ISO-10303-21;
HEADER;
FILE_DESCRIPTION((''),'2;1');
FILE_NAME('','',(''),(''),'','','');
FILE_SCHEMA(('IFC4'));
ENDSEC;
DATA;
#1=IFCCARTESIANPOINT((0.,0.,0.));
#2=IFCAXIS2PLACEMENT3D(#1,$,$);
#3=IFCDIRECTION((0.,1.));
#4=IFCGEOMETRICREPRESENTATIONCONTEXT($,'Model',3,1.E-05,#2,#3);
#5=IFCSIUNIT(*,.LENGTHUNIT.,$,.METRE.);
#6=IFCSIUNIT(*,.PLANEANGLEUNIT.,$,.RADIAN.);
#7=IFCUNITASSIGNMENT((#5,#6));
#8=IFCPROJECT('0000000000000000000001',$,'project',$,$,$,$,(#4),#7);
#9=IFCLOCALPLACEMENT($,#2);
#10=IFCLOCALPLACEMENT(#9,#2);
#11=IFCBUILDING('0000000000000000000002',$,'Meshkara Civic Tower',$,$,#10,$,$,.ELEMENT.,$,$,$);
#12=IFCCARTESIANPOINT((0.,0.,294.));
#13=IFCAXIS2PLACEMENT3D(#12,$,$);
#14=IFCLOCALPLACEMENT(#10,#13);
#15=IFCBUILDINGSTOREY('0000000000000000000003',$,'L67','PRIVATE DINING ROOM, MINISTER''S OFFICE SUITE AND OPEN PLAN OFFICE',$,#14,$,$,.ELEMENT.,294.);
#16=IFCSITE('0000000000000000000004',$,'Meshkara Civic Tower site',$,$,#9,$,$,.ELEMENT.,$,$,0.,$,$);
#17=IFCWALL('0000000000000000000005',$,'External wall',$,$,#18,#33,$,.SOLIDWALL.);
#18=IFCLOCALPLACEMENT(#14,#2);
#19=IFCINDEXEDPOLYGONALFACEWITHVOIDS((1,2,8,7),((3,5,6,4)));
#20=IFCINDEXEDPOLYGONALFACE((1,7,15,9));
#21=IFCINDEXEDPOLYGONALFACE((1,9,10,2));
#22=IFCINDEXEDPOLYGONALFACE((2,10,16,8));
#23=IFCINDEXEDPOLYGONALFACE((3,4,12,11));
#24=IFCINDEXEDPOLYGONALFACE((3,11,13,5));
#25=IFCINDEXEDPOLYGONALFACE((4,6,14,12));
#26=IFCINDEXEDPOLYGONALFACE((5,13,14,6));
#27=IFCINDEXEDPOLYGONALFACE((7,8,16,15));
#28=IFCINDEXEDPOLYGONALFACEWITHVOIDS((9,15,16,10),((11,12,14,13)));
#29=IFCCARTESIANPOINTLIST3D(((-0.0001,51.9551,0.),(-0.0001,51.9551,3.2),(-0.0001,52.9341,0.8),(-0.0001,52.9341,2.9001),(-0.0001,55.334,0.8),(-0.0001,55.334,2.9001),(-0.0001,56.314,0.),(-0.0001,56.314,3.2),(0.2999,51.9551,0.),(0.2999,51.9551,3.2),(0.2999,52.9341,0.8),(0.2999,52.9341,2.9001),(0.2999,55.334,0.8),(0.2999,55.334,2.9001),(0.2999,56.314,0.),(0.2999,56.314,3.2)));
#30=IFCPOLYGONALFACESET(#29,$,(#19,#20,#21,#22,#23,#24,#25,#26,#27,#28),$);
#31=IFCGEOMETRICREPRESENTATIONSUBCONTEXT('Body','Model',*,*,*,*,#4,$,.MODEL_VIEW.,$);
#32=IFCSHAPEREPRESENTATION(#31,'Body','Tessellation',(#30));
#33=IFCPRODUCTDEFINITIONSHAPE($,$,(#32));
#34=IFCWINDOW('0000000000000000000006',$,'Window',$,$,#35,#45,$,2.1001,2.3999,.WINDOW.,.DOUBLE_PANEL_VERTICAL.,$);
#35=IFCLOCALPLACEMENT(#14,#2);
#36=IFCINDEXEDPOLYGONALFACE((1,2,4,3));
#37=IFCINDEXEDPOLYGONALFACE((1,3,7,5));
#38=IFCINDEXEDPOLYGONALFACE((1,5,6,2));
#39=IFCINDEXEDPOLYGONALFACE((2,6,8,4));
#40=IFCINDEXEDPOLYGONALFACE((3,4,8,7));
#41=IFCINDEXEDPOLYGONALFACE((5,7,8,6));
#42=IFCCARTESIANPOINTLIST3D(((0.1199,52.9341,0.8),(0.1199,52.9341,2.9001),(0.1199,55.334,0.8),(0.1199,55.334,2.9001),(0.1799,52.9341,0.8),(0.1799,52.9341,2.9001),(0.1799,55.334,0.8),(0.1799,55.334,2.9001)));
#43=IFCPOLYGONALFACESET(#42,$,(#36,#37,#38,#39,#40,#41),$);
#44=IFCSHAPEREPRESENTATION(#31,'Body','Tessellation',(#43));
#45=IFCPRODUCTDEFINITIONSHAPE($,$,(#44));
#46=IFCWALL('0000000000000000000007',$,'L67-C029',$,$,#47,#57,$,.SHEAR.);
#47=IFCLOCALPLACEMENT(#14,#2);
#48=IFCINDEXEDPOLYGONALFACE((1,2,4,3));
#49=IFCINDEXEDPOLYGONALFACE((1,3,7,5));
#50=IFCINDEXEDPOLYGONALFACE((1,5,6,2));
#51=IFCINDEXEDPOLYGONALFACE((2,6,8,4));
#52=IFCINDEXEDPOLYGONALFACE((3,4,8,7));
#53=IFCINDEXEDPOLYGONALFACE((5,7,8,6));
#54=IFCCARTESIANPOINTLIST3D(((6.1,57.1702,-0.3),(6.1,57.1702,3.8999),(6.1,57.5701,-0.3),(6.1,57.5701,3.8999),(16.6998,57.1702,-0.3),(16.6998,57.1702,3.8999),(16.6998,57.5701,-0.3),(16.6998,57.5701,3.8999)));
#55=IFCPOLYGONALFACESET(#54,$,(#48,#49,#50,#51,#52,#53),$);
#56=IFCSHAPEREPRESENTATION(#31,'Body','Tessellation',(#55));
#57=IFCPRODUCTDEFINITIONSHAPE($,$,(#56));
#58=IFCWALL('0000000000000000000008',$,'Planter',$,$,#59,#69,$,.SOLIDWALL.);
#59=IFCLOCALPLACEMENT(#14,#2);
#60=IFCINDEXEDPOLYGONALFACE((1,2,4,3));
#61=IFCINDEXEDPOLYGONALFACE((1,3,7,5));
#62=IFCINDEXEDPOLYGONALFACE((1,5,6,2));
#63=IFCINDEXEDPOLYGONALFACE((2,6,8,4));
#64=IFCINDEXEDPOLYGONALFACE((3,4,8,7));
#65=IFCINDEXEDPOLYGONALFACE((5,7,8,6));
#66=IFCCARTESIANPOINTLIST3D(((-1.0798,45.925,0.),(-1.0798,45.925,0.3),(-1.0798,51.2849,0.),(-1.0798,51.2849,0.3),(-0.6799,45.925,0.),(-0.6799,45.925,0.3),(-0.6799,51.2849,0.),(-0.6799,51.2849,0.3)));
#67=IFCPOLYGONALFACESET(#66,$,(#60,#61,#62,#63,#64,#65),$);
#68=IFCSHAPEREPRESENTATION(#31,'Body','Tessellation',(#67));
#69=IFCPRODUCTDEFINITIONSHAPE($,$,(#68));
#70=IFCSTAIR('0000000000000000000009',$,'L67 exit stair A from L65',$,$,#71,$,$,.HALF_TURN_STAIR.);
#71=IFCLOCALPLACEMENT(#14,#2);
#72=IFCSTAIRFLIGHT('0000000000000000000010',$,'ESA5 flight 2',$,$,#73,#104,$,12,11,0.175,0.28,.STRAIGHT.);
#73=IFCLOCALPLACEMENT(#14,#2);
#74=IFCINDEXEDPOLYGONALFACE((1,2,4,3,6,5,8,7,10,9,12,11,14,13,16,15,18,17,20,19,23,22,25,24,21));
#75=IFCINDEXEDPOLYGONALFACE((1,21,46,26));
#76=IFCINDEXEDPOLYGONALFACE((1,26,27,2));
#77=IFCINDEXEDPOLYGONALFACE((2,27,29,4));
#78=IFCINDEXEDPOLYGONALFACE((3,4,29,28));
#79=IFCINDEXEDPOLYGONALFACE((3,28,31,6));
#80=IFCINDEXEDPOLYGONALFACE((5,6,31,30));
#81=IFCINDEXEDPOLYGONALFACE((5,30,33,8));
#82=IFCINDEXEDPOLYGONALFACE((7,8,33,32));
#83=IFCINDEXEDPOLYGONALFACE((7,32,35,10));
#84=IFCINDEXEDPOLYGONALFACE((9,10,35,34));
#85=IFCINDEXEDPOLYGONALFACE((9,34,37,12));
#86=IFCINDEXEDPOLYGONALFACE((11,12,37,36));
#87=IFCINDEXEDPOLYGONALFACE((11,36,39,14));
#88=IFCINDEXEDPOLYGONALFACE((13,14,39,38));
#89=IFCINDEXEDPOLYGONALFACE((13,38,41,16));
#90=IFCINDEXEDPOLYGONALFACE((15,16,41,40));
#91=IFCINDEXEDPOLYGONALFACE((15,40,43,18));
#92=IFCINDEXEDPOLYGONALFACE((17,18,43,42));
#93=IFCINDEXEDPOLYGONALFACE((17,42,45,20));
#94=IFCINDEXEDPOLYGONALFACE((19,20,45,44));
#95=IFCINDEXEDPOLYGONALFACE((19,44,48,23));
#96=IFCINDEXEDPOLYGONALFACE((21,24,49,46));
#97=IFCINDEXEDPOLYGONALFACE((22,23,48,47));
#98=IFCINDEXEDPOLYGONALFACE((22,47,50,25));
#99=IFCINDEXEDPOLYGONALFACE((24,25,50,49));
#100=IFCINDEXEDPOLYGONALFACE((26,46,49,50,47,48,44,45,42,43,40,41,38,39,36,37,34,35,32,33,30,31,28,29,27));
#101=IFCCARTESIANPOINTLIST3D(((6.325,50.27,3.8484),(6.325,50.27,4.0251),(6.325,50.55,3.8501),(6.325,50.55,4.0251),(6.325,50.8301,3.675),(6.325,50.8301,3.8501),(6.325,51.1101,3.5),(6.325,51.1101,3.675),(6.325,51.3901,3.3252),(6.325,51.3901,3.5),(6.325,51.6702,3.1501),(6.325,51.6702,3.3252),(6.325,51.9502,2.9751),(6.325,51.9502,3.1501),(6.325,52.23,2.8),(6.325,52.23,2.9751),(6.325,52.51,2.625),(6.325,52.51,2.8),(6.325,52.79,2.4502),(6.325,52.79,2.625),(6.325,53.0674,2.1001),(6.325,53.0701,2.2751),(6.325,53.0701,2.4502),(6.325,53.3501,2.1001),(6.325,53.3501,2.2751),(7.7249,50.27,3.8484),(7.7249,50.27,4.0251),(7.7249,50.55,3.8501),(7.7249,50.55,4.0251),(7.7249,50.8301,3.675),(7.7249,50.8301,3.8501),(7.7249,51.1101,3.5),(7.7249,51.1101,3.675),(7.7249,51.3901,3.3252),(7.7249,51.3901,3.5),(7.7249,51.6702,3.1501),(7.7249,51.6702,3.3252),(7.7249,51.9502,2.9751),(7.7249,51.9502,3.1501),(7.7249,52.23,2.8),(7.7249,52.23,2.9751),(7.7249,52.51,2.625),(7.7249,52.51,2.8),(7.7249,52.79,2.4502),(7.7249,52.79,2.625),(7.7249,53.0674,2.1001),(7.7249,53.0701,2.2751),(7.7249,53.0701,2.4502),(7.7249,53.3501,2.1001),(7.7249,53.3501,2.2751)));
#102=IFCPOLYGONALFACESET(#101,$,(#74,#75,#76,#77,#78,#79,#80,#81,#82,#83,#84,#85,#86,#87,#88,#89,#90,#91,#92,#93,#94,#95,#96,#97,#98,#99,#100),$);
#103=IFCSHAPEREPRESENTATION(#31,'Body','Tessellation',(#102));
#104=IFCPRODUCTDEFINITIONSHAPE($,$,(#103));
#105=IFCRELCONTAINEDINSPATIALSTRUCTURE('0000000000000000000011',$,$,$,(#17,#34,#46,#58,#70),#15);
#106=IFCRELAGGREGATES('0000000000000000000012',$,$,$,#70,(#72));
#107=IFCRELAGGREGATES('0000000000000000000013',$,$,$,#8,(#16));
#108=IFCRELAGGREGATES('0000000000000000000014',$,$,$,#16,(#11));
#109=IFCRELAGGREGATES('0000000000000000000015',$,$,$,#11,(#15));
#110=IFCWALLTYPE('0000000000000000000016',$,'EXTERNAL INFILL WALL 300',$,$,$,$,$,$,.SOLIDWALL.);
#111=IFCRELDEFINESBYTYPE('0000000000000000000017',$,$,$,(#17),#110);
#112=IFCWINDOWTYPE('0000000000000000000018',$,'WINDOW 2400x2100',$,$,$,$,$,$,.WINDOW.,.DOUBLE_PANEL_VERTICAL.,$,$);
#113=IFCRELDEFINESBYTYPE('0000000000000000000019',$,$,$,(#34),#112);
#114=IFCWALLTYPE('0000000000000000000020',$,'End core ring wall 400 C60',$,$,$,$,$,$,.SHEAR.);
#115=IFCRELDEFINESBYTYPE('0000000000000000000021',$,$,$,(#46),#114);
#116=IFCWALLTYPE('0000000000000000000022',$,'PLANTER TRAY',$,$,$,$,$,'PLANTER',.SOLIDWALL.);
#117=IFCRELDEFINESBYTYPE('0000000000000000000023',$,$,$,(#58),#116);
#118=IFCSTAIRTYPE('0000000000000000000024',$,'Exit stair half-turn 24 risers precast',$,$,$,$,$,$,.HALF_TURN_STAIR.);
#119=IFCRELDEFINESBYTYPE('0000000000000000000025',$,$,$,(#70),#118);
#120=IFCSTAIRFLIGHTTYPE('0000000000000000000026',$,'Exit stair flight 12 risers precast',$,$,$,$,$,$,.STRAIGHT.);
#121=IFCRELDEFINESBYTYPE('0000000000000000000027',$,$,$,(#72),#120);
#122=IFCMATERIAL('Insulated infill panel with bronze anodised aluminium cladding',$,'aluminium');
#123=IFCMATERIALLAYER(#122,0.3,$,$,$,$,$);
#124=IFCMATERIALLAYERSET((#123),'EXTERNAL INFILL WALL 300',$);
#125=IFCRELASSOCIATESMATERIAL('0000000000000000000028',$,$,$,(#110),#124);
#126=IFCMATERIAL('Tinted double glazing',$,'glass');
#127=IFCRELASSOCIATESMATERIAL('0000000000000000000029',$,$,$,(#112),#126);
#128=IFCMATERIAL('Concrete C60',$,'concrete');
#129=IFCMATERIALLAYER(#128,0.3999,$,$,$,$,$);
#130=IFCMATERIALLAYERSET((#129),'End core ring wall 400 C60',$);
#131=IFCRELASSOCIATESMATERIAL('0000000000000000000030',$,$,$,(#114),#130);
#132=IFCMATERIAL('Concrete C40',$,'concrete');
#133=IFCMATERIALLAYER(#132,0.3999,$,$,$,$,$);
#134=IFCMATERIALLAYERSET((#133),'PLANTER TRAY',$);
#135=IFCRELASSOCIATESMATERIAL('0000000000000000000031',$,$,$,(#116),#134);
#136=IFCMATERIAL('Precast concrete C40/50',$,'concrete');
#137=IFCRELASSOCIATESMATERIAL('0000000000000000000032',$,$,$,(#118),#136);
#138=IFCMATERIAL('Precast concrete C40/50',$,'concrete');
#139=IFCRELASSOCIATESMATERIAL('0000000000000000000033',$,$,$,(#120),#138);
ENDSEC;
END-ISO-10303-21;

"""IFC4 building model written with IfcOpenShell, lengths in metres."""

from ifc_helpers import new_model, si_unit, direction, frame, frame_2d, origin, place, context, subcontext, project, spatial, polyline, rectangle, outline, extrude, material, layer, layer_set, type_object, element, fill, aggregate, save


model = new_model("IFC4")

# Units and contexts
model_context = context("Model", 3, precision=1e-05, world=origin(), true_north=direction((0.0, 1.0)))
body_context = subcontext(model_context, "Body", "Model", "MODEL_VIEW")
ifc_project = project(units=[si_unit("LENGTHUNIT", "METRE"), si_unit("PLANEANGLEUNIT", "RADIAN")], contexts=[model_context])

# Site, building, storey
site_placement = place(None, origin())
site = spatial("IfcSite", under=ifc_project, at=site_placement, Name="Meshkara Civic Tower site", CompositionType="ELEMENT", RefElevation=0.0)
building_placement = place(site_placement, origin())
building = spatial("IfcBuilding", under=site, at=building_placement, Name="Meshkara Civic Tower", CompositionType="ELEMENT")
storey_placement = place(building_placement, frame((0.0, 0.0, 294.0)))
storey = spatial("IfcBuildingStorey", under=building, at=storey_placement, Name="L67", Description="PRIVATE DINING ROOM, MINISTER'S OFFICE SUITE AND OPEN PLAN OFFICE", CompositionType="ELEMENT", Elevation=294.0)

# Wall, opening, window
ifc_material_1 = material(Name="Insulated infill panel with bronze anodised aluminium cladding", Category="aluminium")
ifc_layer_1 = layer(ifc_material_1, 0.3)
ifc_layer_set_1 = layer_set([ifc_layer_1], Name="EXTERNAL INFILL WALL 300")
wall_type_1 = type_object("IfcWallType", Name="EXTERNAL INFILL WALL 300", PredefinedType="SOLIDWALL", material=ifc_layer_set_1)
ifc_material_2 = material(Name="Tinted double glazing", Category="glass")
window_type = type_object("IfcWindowType", Name="WINDOW 2400x2100", PartitioningType="DOUBLE_PANEL_VERTICAL", PredefinedType="WINDOW", material=ifc_material_2)
wall_1_placement = place(storey_placement, frame((0.1499, 56.314, 0.0), z_axis=(0.0, 0.0, 1.0), x_axis=(0.0, -1.0, 0.0)))
wall_1 = element("IfcWall", 1, at=wall_1_placement, inside=storey, type_object=wall_type_1, Name="External wall", PredefinedType="SOLIDWALL", context=body_context, shape_type="SweptSolid", body=[
    extrude(rectangle(XDim=4.3589, YDim=0.3, at=frame_2d((2.1794, 0.0))), origin(), (0.0, 0.0, 1.0), 3.2),
])
opening_1_placement = place(wall_1_placement, frame((0.98, 0.0, 0.8)))
opening_1 = element("IfcOpeningElement", 2, at=opening_1_placement, cuts=wall_1, PredefinedType="OPENING", context=body_context, shape_type="SweptSolid", body=[
    extrude(rectangle(XDim=2.3999, YDim=2.1001, at=frame_2d((1.2, 1.05))), frame((0.0, 0.1599, 0.0), z_axis=(0.0, -1.0, 0.0), x_axis=(1.0, 0.0, 0.0)), (0.0, 0.0, 1.0), 0.3201),
])
window_1_placement = place(opening_1_placement, origin())
window_1 = element("IfcWindow", 3, at=window_1_placement, inside=storey, type_object=window_type, Name="Window", OverallHeight=2.1001, OverallWidth=2.3999, PartitioningType="DOUBLE_PANEL_VERTICAL", PredefinedType="WINDOW", context=body_context, shape_type="SweptSolid", body=[
    extrude(rectangle(XDim=2.3999, YDim=2.1001, at=frame_2d((1.2, 1.05))), frame((0.0, 0.03, 0.0), z_axis=(0.0, -1.0, 0.0), x_axis=(1.0, 0.0, 0.0)), (0.0, 0.0, 1.0), 0.0601),
])
fill(opening_1, window_1)

# Wall
ifc_material_3 = material(Name="Concrete C60", Category="concrete")
ifc_layer_2 = layer(ifc_material_3, 0.3999)
ifc_layer_set_2 = layer_set([ifc_layer_2], Name="End core ring wall 400 C60")
wall_type_2 = type_object("IfcWallType", Name="End core ring wall 400 C60", PredefinedType="SHEAR", material=ifc_layer_set_2)
wall_2_placement = place(storey_placement, frame((6.1001, 57.3701, -0.3), z_axis=(0.0, 0.0, 1.0), x_axis=(1.0, 0.0, 0.0)))
element("IfcWall", 4, at=wall_2_placement, inside=storey, type_object=wall_type_2, Name="L67-C029", PredefinedType="SHEAR", context=body_context, shape_type="SweptSolid", body=[
    extrude(rectangle(XDim=10.5999, YDim=0.3999, at=frame_2d((5.2998, 0.0))), origin(), (0.0, 0.0, 1.0), 4.2),
])

# Wall
ifc_material_4 = material(Name="Concrete C40", Category="concrete")
ifc_layer_3 = layer(ifc_material_4, 0.3999)
ifc_layer_set_3 = layer_set([ifc_layer_3], Name="PLANTER TRAY")
wall_type_3 = type_object("IfcWallType", Name="PLANTER TRAY", ElementType="PLANTER", PredefinedType="SOLIDWALL", material=ifc_layer_set_3)
wall_3_placement = place(storey_placement, frame((-0.8799, 51.2849, 0.0), z_axis=(0.0, 0.0, 1.0), x_axis=(0.0, -1.0, 0.0)))
element("IfcWall", 5, at=wall_3_placement, inside=storey, type_object=wall_type_3, Name="Planter", PredefinedType="SOLIDWALL", context=body_context, shape_type="SweptSolid", body=[
    extrude(rectangle(XDim=5.3599, YDim=0.3999, at=frame_2d((2.6799, 0.0))), origin(), (0.0, 0.0, 1.0), 0.3),
])

# Stair, stair flight
ifc_material_5 = material(Name="Precast concrete C40/50", Category="concrete")
stair_type = type_object("IfcStairType", Name="Exit stair half-turn 24 risers precast", PredefinedType="HALF_TURN_STAIR", material=ifc_material_5)
stair_placement = place(storey_placement, origin())
stair = element("IfcStair", 6, at=stair_placement, inside=storey, type_object=stair_type, Name="L67 exit stair A from L65", PredefinedType="HALF_TURN_STAIR")
ifc_material_6 = material(Name="Precast concrete C40/50", Category="concrete")
stair_flight_type = type_object("IfcStairFlightType", Name="Exit stair flight 12 risers precast", PredefinedType="STRAIGHT", material=ifc_material_6)
stair_flight_placement = place(storey_placement, frame((7.0249, 53.3501, 2.1001), z_axis=(0.0, 0.0, 1.0), x_axis=(0.0, -1.0, 0.0)))
stair_flight = element("IfcStairFlight", 7, at=stair_flight_placement, type_object=stair_flight_type, Name="ESA5 flight 2", NumberOfRisers=12, NumberOfTreads=11, PredefinedType="STRAIGHT", RiserHeight=0.175, TreadLength=0.28, context=body_context, shape_type="SweptSolid", body=[
    extrude(outline(polyline([(0.0, 0.0), (0.0, 0.175), (0.28, 0.175), (0.28, 0.3501), (0.5601, 0.3501), (0.5601, 0.5249), (0.8401, 0.5249), (0.8401, 0.7), (1.1201, 0.7), (1.1201, 0.875), (1.3999, 0.875), (1.3999, 1.05), (1.6799, 1.05), (1.6799, 1.2251), (1.96, 1.2251), (1.96, 1.3999), (2.24, 1.3999), (2.24, 1.575), (2.52, 1.575), (2.52, 1.75), (2.8, 1.75), (2.8, 1.925), (3.0801, 1.925), (3.0801, 2.1001), (3.0801, 1.7483), (0.2827, 0.0), (0.0, 0.0)])), frame((0.0, 0.7, 0.0), z_axis=(0.0, -1.0, 0.0), x_axis=(1.0, 0.0, 0.0)), (0.0, 0.0, 1.0), 1.3999),
])
aggregate(stair, [stair_flight])

save(model, "model.ifc")
